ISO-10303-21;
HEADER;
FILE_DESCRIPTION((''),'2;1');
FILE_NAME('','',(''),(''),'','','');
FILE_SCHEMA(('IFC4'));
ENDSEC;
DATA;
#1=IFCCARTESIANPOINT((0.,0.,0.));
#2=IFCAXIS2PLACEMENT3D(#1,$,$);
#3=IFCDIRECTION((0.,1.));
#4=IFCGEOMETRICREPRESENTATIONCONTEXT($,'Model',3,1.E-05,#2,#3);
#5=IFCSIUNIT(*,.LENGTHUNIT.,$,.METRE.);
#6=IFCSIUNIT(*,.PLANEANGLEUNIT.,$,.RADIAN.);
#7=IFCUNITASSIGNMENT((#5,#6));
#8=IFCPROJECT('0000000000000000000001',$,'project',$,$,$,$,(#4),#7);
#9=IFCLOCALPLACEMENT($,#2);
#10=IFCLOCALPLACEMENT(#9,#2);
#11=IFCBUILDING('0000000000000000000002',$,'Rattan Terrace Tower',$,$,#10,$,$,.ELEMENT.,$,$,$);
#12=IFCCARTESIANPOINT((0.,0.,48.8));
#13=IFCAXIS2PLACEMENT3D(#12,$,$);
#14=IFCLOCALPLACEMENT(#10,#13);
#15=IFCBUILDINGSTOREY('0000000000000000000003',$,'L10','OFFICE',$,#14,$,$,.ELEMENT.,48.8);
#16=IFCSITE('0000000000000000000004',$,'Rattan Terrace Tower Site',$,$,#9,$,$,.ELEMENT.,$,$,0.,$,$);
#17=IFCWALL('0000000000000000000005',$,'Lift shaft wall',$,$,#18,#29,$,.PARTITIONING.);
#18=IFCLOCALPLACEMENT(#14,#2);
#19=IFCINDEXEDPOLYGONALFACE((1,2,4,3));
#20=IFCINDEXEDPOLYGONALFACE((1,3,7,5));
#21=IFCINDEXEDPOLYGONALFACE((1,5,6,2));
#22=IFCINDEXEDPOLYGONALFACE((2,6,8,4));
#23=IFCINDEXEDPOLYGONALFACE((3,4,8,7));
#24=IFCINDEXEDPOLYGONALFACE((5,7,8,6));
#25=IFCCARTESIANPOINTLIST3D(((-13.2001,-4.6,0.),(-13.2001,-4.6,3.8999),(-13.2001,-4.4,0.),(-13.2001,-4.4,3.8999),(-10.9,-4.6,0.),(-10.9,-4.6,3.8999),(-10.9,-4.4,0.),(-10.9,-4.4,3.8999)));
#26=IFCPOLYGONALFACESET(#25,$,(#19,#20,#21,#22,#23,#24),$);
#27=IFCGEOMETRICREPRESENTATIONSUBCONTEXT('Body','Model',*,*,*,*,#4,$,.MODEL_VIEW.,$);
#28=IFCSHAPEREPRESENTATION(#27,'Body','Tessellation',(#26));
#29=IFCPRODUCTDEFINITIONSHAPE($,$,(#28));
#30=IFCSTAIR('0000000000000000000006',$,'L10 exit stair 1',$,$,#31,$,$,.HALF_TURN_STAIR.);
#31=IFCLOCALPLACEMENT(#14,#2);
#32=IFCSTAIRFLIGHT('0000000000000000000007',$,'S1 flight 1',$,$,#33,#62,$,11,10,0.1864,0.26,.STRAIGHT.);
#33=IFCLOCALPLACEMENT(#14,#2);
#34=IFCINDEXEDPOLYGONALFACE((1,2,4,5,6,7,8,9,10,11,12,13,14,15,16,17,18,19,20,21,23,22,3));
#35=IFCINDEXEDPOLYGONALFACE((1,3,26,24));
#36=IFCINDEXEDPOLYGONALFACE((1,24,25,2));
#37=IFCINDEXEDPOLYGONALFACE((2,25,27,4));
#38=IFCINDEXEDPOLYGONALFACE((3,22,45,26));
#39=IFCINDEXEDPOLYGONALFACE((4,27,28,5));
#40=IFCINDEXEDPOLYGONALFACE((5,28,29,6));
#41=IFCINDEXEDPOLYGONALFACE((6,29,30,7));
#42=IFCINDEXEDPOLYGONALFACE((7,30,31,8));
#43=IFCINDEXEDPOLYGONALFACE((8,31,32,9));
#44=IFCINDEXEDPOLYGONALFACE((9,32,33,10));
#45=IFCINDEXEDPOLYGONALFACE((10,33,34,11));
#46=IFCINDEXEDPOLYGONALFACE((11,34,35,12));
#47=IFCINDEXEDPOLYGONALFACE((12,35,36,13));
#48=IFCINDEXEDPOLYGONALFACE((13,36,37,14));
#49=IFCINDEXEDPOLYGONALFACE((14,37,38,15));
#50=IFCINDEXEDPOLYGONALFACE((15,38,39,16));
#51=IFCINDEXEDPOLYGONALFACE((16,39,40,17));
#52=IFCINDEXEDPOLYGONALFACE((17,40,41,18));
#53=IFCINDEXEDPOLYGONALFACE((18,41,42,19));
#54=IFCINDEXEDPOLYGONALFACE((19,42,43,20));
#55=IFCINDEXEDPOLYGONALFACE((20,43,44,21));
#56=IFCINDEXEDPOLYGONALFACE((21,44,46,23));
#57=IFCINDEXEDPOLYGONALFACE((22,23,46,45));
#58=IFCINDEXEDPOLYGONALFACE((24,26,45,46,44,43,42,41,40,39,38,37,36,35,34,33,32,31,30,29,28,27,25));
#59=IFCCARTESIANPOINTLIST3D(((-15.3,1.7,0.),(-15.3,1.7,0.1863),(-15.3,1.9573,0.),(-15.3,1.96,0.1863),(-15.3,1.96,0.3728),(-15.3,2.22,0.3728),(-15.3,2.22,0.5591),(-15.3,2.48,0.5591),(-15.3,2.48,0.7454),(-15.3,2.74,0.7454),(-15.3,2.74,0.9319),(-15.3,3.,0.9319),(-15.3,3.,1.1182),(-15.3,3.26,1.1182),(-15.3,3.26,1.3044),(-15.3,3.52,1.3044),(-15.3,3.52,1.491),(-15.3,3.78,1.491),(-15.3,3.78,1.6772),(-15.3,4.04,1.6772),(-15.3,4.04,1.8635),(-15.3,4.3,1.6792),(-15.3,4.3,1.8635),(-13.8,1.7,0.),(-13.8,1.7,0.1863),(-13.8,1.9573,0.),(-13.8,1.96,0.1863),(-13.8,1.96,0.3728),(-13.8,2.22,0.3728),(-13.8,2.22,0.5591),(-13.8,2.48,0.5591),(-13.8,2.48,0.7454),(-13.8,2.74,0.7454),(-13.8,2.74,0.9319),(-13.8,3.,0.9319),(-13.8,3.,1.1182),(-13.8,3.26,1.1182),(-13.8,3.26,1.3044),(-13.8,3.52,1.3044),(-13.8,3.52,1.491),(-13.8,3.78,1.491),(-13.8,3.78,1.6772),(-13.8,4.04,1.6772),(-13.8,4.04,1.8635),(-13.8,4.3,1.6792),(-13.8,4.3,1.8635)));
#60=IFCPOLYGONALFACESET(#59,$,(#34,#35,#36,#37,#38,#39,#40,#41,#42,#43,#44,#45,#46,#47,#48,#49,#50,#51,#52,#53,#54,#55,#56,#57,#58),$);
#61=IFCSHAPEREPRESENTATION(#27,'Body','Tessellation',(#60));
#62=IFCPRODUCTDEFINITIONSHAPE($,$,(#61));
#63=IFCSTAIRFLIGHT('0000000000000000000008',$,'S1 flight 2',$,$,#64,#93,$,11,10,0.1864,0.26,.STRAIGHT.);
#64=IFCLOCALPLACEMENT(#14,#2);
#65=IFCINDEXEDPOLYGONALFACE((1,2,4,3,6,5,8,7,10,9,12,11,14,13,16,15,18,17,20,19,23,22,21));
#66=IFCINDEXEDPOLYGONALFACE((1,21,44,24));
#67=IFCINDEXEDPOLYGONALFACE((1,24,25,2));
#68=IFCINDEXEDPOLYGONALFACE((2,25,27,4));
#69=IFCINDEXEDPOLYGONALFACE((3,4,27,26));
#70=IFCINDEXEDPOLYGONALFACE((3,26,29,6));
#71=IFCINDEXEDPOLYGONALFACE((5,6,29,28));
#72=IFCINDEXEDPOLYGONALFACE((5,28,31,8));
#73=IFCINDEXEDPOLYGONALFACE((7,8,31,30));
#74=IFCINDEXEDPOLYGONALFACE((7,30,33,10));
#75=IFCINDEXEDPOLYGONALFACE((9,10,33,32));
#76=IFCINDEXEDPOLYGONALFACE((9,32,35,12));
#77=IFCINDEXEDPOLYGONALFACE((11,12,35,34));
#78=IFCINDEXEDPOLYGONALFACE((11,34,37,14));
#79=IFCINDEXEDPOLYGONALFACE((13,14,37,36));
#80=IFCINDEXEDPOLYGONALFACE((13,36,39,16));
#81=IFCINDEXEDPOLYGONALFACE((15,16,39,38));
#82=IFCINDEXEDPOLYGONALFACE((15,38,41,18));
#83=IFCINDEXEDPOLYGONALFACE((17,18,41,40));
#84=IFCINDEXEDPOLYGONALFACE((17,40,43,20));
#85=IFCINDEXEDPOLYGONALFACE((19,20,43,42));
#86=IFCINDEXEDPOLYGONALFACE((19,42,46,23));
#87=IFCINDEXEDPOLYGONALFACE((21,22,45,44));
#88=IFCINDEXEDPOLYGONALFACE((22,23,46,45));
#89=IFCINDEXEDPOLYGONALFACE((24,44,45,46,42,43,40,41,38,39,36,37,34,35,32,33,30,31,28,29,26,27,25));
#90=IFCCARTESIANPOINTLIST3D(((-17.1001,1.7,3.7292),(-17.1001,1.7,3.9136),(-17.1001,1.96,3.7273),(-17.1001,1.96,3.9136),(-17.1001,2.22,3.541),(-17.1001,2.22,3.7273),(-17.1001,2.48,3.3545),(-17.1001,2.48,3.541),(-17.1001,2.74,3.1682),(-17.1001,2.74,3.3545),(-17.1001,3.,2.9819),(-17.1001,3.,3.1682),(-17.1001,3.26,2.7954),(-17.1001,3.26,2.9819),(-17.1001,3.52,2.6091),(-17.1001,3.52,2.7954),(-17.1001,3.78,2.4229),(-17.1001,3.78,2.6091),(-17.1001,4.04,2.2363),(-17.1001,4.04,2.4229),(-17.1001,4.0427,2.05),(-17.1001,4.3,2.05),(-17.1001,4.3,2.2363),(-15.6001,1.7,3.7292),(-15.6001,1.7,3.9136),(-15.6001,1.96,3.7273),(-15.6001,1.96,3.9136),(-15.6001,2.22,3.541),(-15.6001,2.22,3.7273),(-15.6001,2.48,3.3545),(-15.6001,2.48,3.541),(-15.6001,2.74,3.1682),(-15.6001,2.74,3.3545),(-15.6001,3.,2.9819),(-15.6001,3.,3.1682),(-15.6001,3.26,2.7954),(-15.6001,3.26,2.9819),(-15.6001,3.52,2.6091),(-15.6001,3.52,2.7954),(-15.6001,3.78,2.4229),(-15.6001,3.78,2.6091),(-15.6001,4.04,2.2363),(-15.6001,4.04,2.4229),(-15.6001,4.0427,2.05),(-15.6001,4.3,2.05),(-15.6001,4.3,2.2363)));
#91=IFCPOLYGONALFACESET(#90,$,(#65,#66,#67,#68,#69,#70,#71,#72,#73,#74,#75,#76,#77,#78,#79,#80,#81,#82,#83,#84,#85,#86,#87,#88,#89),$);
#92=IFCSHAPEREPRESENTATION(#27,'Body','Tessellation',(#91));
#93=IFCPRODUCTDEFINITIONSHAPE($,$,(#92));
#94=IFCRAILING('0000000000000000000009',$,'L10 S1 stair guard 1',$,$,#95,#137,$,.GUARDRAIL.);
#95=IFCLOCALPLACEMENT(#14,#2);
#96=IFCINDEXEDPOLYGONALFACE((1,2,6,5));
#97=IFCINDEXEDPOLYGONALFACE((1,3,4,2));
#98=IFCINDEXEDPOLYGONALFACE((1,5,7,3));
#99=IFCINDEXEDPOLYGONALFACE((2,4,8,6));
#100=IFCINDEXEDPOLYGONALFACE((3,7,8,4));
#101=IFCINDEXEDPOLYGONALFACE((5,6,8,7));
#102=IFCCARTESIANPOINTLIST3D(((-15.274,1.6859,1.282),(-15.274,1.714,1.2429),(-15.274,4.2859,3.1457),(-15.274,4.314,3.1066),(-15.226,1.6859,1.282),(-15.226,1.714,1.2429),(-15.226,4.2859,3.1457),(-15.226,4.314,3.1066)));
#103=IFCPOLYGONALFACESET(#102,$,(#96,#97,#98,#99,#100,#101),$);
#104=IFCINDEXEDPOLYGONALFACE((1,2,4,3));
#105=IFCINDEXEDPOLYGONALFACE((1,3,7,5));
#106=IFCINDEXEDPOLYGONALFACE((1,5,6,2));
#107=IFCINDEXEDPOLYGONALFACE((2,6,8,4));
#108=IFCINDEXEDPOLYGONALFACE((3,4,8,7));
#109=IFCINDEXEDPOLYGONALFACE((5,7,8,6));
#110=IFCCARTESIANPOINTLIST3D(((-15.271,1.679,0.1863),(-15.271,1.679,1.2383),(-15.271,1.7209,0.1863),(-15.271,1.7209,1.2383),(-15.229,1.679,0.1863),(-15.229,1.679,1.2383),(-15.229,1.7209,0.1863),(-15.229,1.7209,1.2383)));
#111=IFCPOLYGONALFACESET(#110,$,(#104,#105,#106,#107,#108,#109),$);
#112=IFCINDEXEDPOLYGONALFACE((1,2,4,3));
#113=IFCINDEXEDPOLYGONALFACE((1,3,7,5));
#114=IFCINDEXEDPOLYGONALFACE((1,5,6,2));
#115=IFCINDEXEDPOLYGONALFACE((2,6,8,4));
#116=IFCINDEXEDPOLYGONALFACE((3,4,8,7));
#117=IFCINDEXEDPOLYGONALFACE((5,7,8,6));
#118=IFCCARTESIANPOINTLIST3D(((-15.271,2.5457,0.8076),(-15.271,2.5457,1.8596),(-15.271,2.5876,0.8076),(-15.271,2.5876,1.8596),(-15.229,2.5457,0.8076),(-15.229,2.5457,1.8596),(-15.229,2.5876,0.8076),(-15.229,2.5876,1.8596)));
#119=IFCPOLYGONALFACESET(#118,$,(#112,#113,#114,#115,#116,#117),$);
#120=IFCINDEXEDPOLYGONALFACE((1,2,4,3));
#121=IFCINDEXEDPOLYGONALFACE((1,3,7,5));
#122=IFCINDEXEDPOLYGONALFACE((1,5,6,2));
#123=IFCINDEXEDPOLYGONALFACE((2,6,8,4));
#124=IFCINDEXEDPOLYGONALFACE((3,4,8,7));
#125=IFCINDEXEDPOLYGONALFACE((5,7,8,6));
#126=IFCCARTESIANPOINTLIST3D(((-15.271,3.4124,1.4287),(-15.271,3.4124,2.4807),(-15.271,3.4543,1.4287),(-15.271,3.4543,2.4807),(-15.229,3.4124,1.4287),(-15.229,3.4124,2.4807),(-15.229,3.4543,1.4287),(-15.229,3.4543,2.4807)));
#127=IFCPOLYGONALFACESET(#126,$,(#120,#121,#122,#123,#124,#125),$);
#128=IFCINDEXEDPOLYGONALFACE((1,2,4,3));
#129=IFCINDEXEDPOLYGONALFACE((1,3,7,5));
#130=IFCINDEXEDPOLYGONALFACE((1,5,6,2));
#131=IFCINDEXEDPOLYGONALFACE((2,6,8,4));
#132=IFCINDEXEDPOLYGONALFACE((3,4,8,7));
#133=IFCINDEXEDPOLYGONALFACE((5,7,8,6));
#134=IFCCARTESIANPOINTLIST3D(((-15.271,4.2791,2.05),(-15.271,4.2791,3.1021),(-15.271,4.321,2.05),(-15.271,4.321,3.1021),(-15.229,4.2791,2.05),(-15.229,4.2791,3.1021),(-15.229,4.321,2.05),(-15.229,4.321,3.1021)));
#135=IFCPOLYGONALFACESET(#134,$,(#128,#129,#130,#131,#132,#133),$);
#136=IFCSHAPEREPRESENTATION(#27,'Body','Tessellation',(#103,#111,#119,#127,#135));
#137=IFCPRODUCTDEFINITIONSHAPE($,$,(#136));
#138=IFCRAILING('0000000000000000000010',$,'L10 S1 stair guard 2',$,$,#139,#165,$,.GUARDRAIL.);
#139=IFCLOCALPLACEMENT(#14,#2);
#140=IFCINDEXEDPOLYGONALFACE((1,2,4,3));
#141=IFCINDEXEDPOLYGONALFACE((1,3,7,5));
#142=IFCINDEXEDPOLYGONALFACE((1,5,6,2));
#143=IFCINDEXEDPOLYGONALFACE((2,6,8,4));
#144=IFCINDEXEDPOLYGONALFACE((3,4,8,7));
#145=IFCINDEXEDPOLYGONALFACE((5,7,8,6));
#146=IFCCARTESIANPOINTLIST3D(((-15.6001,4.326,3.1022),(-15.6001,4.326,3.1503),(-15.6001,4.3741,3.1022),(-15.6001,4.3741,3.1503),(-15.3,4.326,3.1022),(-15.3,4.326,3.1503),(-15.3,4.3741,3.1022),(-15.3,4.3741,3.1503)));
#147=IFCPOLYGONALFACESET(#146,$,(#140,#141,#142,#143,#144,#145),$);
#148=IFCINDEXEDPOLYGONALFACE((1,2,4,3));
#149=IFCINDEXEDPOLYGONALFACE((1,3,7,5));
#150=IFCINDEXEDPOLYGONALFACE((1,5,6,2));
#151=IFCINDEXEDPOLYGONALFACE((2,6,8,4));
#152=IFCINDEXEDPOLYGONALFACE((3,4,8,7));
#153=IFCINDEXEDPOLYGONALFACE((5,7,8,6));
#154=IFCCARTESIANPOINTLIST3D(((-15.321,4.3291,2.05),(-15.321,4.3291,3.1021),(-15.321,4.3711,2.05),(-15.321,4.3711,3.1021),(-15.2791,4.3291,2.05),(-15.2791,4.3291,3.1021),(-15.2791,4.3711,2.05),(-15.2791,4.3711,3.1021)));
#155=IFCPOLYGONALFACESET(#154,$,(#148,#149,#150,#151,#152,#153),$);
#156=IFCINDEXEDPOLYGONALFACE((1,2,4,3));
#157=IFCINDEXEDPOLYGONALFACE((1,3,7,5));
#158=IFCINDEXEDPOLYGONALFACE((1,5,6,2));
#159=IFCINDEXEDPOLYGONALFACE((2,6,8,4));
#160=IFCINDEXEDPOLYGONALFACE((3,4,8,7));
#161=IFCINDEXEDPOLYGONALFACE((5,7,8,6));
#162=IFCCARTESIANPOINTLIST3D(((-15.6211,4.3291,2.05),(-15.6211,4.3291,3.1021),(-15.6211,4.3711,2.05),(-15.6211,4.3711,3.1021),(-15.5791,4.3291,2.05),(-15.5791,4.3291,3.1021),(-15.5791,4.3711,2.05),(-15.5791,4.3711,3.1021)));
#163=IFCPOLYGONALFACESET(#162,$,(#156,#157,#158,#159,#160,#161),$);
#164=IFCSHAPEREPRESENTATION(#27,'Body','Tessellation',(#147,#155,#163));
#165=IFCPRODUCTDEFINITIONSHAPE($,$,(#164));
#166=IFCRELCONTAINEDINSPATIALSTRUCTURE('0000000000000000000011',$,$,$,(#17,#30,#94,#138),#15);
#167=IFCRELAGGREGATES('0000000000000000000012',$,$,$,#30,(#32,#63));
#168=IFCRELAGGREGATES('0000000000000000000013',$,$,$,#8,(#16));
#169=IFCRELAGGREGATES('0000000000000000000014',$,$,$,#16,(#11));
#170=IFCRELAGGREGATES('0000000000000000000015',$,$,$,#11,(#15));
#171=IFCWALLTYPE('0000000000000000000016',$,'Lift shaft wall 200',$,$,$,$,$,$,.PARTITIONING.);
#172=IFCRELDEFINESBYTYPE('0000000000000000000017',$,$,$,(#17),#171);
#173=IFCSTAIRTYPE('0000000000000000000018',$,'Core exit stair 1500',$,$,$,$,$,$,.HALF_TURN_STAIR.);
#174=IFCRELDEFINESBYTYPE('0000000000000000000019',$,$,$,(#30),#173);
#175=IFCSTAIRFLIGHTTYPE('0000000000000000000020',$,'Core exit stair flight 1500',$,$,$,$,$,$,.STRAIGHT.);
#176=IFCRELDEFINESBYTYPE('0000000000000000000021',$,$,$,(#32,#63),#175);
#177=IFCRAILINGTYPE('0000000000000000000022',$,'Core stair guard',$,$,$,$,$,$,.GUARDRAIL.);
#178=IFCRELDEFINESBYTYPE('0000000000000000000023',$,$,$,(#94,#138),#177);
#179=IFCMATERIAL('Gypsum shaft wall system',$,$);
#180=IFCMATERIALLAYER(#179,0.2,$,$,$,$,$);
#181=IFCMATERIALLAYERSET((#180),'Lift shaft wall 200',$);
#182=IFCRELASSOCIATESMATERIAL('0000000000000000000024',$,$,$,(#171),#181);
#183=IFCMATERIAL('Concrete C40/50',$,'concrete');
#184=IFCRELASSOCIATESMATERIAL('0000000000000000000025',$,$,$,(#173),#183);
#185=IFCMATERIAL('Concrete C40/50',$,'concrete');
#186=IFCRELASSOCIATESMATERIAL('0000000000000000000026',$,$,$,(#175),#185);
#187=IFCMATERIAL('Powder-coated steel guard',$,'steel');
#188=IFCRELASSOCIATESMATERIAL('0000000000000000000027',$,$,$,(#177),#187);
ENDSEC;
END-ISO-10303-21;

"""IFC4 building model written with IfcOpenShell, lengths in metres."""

from ifc_helpers import new_model, si_unit, direction, frame, frame_2d, origin, origin_2d, place, context, subcontext, project, spatial, polyline, rectangle, outline, extrude, material, layer, layer_set, type_object, element, aggregate, save


model = new_model("IFC4")

# Units and contexts
model_context = context("Model", 3, precision=1e-05, world=origin(), true_north=direction((0.0, 1.0)))
body_context = subcontext(model_context, "Body", "Model", "MODEL_VIEW")
ifc_project = project(units=[si_unit("LENGTHUNIT", "METRE"), si_unit("PLANEANGLEUNIT", "RADIAN")], contexts=[model_context])

# Site, building, storey
site_placement = place(None, origin())
site = spatial("IfcSite", under=ifc_project, at=site_placement, Name="Rattan Terrace Tower Site", CompositionType="ELEMENT", RefElevation=0.0)
building_placement = place(site_placement, origin())
building = spatial("IfcBuilding", under=site, at=building_placement, Name="Rattan Terrace Tower", CompositionType="ELEMENT")
storey_placement = place(building_placement, frame((0.0, 0.0, 48.8)))
storey = spatial("IfcBuildingStorey", under=building, at=storey_placement, Name="L10", Description="OFFICE", CompositionType="ELEMENT", Elevation=48.8)

# Wall
ifc_material_1 = material(Name="Gypsum shaft wall system")
ifc_layer_1 = layer(ifc_material_1, 0.2)
ifc_layer_set_1 = layer_set([ifc_layer_1], Name="Lift shaft wall 200")
wall_type_1 = type_object("IfcWallType", Name="Lift shaft wall 200", PredefinedType="PARTITIONING", material=ifc_layer_set_1)
for number, where, z_axis, x_axis, name in (
    (1, (-13.2, -4.5, 0.0), (0.0, 0.0, 1.0), (1.0, 0.0, 0.0), "Lift shaft wall"),
):
    element("IfcWall", number, at=place(storey_placement, frame(where, z_axis=z_axis, x_axis=x_axis)), inside=storey, type_object=wall_type_1, Name=name, PredefinedType="PARTITIONING", context=body_context, shape_type="SweptSolid", body=[
        extrude(rectangle(XDim=2.3, YDim=0.2, at=frame_2d((1.1499, 0.0))), origin(), (0.0, 0.0, 1.0), 3.8999),
    ])

# Stair, stair flights
ifc_material_2 = material(Name="Concrete C40/50", Category="concrete")
stair_type = type_object("IfcStairType", Name="Core exit stair 1500", PredefinedType="HALF_TURN_STAIR", material=ifc_material_2)
stair_placement = place(storey_placement, origin())
stair = element("IfcStair", 2, at=stair_placement, inside=storey, type_object=stair_type, Name="L10 exit stair 1", PredefinedType="HALF_TURN_STAIR")
ifc_material_3 = material(Name="Concrete C40/50", Category="concrete")
stair_flight_type = type_object("IfcStairFlightType", Name="Core exit stair flight 1500", PredefinedType="STRAIGHT", material=ifc_material_3)
stair_flight_1_placement = place(storey_placement, frame((-14.55, 1.7, 0.0), z_axis=(0.0, 0.0, 1.0), x_axis=(0.0, 1.0, 0.0)))
stair_flight_1 = element("IfcStairFlight", 3, at=stair_flight_1_placement, type_object=stair_flight_type, Name="S1 flight 1", NumberOfRisers=11, NumberOfTreads=10, PredefinedType="STRAIGHT", RiserHeight=0.1864, TreadLength=0.26, context=body_context, shape_type="SweptSolid", body=[
    extrude(outline(polyline([(0.0, 0.0), (0.0, 0.1863), (0.26, 0.1863), (0.26, 0.3728), (0.52, 0.3728), (0.52, 0.5591), (0.78, 0.5591), (0.78, 0.7454), (1.04, 0.7454), (1.04, 0.9319), (1.3, 0.9319), (1.3, 1.1182), (1.5601, 1.1182), (1.5601, 1.3044), (1.8201, 1.3044), (1.8201, 1.491), (2.0801, 1.491), (2.0801, 1.6772), (2.3401, 1.6772), (2.3401, 1.8635), (2.6001, 1.8635), (2.6001, 2.05), (2.6001, 1.6792), (0.2573, 0.0), (0.0, 0.0)])), frame((0.0, 0.75, 0.0), z_axis=(0.0, -1.0, 0.0), x_axis=(1.0, 0.0, 0.0)), (0.0, 0.0, 1.0), 1.5),
])
stair_flight_2_placement = place(storey_placement, frame((-16.3501, 4.3, 2.05), z_axis=(0.0, 0.0, 1.0), x_axis=(0.0, -1.0, 0.0)))
stair_flight_2 = element("IfcStairFlight", 4, at=stair_flight_2_placement, type_object=stair_flight_type, Name="S1 flight 2", NumberOfRisers=11, NumberOfTreads=10, PredefinedType="STRAIGHT", RiserHeight=0.1864, TreadLength=0.26, context=body_context, shape_type="SweptSolid", body=[
    extrude(outline(polyline([(0.0, 0.0), (0.0, 0.1863), (0.26, 0.1863), (0.26, 0.3728), (0.52, 0.3728), (0.52, 0.5591), (0.78, 0.5591), (0.78, 0.7454), (1.04, 0.7454), (1.04, 0.9319), (1.3, 0.9319), (1.3, 1.1182), (1.5601, 1.1182), (1.5601, 1.3044), (1.8201, 1.3044), (1.8201, 1.491), (2.0801, 1.491), (2.0801, 1.6772), (2.3401, 1.6772), (2.3401, 1.8635), (2.6001, 1.8635), (2.6001, 2.05), (2.6001, 1.6792), (0.2573, 0.0), (0.0, 0.0)])), frame((0.0, 0.75, 0.0), z_axis=(0.0, -1.0, 0.0), x_axis=(1.0, 0.0, 0.0)), (0.0, 0.0, 1.0), 1.5),
])
aggregate(stair, [stair_flight_1, stair_flight_2])

# Railings
ifc_material_4 = material(Name="Powder-coated steel guard", Category="steel")
railing_type_1 = type_object("IfcRailingType", Name="Core stair guard", PredefinedType="GUARDRAIL", material=ifc_material_4)
railing_1_placement = place(storey_placement, frame((-15.25, 1.7, 0.1863)))
element("IfcRailing", 5, at=railing_1_placement, inside=storey, type_object=railing_type_1, Name="L10 S1 stair guard 1", PredefinedType="GUARDRAIL", context=body_context, shape_type="SweptSolid", body=[
    extrude(rectangle(XDim=0.0481, YDim=0.0481, at=origin_2d()), frame((0.0, 0.0, 1.0762), z_axis=(0.0, 0.812763, 0.582595), x_axis=(-1.0, 0.0, 0.0)), (0.0, 0.0, 1.0), 3.199),
    extrude(rectangle(XDim=0.042, YDim=0.042, at=origin_2d()), origin(), (0.0, 0.0, 1.0), 1.052),
    extrude(rectangle(XDim=0.042, YDim=0.042, at=origin_2d()), frame((0.0, 0.8667, 0.6213)), (0.0, 0.0, 1.0), 1.052),
    extrude(rectangle(XDim=0.042, YDim=0.042, at=origin_2d()), frame((0.0, 1.7334, 1.2424)), (0.0, 0.0, 1.0), 1.052),
    extrude(rectangle(XDim=0.042, YDim=0.042, at=origin_2d()), frame((0.0, 2.6001, 1.8638)), (0.0, 0.0, 1.0), 1.052),
])
railing_2_placement = place(storey_placement, frame((-15.3, 4.3501, 2.05)))
element("IfcRailing", 6, at=railing_2_placement, inside=storey, type_object=railing_type_1, Name="L10 S1 stair guard 2", PredefinedType="GUARDRAIL", context=body_context, shape_type="SweptSolid", body=[
    extrude(rectangle(XDim=0.0481, YDim=0.0481, at=origin_2d()), frame((0.0, 0.0, 1.0762), z_axis=(-1.0, 0.0, 0.0), x_axis=(0.0, -1.0, 0.0)), (0.0, 0.0, 1.0), 0.3),
    extrude(rectangle(XDim=0.042, YDim=0.042, at=origin_2d()), origin(), (0.0, 0.0, 1.0), 1.052),
    extrude(rectangle(XDim=0.042, YDim=0.042, at=origin_2d()), frame((-0.3, 0.0, 0.0)), (0.0, 0.0, 1.0), 1.052),
])

save(model, "model.ifc")
